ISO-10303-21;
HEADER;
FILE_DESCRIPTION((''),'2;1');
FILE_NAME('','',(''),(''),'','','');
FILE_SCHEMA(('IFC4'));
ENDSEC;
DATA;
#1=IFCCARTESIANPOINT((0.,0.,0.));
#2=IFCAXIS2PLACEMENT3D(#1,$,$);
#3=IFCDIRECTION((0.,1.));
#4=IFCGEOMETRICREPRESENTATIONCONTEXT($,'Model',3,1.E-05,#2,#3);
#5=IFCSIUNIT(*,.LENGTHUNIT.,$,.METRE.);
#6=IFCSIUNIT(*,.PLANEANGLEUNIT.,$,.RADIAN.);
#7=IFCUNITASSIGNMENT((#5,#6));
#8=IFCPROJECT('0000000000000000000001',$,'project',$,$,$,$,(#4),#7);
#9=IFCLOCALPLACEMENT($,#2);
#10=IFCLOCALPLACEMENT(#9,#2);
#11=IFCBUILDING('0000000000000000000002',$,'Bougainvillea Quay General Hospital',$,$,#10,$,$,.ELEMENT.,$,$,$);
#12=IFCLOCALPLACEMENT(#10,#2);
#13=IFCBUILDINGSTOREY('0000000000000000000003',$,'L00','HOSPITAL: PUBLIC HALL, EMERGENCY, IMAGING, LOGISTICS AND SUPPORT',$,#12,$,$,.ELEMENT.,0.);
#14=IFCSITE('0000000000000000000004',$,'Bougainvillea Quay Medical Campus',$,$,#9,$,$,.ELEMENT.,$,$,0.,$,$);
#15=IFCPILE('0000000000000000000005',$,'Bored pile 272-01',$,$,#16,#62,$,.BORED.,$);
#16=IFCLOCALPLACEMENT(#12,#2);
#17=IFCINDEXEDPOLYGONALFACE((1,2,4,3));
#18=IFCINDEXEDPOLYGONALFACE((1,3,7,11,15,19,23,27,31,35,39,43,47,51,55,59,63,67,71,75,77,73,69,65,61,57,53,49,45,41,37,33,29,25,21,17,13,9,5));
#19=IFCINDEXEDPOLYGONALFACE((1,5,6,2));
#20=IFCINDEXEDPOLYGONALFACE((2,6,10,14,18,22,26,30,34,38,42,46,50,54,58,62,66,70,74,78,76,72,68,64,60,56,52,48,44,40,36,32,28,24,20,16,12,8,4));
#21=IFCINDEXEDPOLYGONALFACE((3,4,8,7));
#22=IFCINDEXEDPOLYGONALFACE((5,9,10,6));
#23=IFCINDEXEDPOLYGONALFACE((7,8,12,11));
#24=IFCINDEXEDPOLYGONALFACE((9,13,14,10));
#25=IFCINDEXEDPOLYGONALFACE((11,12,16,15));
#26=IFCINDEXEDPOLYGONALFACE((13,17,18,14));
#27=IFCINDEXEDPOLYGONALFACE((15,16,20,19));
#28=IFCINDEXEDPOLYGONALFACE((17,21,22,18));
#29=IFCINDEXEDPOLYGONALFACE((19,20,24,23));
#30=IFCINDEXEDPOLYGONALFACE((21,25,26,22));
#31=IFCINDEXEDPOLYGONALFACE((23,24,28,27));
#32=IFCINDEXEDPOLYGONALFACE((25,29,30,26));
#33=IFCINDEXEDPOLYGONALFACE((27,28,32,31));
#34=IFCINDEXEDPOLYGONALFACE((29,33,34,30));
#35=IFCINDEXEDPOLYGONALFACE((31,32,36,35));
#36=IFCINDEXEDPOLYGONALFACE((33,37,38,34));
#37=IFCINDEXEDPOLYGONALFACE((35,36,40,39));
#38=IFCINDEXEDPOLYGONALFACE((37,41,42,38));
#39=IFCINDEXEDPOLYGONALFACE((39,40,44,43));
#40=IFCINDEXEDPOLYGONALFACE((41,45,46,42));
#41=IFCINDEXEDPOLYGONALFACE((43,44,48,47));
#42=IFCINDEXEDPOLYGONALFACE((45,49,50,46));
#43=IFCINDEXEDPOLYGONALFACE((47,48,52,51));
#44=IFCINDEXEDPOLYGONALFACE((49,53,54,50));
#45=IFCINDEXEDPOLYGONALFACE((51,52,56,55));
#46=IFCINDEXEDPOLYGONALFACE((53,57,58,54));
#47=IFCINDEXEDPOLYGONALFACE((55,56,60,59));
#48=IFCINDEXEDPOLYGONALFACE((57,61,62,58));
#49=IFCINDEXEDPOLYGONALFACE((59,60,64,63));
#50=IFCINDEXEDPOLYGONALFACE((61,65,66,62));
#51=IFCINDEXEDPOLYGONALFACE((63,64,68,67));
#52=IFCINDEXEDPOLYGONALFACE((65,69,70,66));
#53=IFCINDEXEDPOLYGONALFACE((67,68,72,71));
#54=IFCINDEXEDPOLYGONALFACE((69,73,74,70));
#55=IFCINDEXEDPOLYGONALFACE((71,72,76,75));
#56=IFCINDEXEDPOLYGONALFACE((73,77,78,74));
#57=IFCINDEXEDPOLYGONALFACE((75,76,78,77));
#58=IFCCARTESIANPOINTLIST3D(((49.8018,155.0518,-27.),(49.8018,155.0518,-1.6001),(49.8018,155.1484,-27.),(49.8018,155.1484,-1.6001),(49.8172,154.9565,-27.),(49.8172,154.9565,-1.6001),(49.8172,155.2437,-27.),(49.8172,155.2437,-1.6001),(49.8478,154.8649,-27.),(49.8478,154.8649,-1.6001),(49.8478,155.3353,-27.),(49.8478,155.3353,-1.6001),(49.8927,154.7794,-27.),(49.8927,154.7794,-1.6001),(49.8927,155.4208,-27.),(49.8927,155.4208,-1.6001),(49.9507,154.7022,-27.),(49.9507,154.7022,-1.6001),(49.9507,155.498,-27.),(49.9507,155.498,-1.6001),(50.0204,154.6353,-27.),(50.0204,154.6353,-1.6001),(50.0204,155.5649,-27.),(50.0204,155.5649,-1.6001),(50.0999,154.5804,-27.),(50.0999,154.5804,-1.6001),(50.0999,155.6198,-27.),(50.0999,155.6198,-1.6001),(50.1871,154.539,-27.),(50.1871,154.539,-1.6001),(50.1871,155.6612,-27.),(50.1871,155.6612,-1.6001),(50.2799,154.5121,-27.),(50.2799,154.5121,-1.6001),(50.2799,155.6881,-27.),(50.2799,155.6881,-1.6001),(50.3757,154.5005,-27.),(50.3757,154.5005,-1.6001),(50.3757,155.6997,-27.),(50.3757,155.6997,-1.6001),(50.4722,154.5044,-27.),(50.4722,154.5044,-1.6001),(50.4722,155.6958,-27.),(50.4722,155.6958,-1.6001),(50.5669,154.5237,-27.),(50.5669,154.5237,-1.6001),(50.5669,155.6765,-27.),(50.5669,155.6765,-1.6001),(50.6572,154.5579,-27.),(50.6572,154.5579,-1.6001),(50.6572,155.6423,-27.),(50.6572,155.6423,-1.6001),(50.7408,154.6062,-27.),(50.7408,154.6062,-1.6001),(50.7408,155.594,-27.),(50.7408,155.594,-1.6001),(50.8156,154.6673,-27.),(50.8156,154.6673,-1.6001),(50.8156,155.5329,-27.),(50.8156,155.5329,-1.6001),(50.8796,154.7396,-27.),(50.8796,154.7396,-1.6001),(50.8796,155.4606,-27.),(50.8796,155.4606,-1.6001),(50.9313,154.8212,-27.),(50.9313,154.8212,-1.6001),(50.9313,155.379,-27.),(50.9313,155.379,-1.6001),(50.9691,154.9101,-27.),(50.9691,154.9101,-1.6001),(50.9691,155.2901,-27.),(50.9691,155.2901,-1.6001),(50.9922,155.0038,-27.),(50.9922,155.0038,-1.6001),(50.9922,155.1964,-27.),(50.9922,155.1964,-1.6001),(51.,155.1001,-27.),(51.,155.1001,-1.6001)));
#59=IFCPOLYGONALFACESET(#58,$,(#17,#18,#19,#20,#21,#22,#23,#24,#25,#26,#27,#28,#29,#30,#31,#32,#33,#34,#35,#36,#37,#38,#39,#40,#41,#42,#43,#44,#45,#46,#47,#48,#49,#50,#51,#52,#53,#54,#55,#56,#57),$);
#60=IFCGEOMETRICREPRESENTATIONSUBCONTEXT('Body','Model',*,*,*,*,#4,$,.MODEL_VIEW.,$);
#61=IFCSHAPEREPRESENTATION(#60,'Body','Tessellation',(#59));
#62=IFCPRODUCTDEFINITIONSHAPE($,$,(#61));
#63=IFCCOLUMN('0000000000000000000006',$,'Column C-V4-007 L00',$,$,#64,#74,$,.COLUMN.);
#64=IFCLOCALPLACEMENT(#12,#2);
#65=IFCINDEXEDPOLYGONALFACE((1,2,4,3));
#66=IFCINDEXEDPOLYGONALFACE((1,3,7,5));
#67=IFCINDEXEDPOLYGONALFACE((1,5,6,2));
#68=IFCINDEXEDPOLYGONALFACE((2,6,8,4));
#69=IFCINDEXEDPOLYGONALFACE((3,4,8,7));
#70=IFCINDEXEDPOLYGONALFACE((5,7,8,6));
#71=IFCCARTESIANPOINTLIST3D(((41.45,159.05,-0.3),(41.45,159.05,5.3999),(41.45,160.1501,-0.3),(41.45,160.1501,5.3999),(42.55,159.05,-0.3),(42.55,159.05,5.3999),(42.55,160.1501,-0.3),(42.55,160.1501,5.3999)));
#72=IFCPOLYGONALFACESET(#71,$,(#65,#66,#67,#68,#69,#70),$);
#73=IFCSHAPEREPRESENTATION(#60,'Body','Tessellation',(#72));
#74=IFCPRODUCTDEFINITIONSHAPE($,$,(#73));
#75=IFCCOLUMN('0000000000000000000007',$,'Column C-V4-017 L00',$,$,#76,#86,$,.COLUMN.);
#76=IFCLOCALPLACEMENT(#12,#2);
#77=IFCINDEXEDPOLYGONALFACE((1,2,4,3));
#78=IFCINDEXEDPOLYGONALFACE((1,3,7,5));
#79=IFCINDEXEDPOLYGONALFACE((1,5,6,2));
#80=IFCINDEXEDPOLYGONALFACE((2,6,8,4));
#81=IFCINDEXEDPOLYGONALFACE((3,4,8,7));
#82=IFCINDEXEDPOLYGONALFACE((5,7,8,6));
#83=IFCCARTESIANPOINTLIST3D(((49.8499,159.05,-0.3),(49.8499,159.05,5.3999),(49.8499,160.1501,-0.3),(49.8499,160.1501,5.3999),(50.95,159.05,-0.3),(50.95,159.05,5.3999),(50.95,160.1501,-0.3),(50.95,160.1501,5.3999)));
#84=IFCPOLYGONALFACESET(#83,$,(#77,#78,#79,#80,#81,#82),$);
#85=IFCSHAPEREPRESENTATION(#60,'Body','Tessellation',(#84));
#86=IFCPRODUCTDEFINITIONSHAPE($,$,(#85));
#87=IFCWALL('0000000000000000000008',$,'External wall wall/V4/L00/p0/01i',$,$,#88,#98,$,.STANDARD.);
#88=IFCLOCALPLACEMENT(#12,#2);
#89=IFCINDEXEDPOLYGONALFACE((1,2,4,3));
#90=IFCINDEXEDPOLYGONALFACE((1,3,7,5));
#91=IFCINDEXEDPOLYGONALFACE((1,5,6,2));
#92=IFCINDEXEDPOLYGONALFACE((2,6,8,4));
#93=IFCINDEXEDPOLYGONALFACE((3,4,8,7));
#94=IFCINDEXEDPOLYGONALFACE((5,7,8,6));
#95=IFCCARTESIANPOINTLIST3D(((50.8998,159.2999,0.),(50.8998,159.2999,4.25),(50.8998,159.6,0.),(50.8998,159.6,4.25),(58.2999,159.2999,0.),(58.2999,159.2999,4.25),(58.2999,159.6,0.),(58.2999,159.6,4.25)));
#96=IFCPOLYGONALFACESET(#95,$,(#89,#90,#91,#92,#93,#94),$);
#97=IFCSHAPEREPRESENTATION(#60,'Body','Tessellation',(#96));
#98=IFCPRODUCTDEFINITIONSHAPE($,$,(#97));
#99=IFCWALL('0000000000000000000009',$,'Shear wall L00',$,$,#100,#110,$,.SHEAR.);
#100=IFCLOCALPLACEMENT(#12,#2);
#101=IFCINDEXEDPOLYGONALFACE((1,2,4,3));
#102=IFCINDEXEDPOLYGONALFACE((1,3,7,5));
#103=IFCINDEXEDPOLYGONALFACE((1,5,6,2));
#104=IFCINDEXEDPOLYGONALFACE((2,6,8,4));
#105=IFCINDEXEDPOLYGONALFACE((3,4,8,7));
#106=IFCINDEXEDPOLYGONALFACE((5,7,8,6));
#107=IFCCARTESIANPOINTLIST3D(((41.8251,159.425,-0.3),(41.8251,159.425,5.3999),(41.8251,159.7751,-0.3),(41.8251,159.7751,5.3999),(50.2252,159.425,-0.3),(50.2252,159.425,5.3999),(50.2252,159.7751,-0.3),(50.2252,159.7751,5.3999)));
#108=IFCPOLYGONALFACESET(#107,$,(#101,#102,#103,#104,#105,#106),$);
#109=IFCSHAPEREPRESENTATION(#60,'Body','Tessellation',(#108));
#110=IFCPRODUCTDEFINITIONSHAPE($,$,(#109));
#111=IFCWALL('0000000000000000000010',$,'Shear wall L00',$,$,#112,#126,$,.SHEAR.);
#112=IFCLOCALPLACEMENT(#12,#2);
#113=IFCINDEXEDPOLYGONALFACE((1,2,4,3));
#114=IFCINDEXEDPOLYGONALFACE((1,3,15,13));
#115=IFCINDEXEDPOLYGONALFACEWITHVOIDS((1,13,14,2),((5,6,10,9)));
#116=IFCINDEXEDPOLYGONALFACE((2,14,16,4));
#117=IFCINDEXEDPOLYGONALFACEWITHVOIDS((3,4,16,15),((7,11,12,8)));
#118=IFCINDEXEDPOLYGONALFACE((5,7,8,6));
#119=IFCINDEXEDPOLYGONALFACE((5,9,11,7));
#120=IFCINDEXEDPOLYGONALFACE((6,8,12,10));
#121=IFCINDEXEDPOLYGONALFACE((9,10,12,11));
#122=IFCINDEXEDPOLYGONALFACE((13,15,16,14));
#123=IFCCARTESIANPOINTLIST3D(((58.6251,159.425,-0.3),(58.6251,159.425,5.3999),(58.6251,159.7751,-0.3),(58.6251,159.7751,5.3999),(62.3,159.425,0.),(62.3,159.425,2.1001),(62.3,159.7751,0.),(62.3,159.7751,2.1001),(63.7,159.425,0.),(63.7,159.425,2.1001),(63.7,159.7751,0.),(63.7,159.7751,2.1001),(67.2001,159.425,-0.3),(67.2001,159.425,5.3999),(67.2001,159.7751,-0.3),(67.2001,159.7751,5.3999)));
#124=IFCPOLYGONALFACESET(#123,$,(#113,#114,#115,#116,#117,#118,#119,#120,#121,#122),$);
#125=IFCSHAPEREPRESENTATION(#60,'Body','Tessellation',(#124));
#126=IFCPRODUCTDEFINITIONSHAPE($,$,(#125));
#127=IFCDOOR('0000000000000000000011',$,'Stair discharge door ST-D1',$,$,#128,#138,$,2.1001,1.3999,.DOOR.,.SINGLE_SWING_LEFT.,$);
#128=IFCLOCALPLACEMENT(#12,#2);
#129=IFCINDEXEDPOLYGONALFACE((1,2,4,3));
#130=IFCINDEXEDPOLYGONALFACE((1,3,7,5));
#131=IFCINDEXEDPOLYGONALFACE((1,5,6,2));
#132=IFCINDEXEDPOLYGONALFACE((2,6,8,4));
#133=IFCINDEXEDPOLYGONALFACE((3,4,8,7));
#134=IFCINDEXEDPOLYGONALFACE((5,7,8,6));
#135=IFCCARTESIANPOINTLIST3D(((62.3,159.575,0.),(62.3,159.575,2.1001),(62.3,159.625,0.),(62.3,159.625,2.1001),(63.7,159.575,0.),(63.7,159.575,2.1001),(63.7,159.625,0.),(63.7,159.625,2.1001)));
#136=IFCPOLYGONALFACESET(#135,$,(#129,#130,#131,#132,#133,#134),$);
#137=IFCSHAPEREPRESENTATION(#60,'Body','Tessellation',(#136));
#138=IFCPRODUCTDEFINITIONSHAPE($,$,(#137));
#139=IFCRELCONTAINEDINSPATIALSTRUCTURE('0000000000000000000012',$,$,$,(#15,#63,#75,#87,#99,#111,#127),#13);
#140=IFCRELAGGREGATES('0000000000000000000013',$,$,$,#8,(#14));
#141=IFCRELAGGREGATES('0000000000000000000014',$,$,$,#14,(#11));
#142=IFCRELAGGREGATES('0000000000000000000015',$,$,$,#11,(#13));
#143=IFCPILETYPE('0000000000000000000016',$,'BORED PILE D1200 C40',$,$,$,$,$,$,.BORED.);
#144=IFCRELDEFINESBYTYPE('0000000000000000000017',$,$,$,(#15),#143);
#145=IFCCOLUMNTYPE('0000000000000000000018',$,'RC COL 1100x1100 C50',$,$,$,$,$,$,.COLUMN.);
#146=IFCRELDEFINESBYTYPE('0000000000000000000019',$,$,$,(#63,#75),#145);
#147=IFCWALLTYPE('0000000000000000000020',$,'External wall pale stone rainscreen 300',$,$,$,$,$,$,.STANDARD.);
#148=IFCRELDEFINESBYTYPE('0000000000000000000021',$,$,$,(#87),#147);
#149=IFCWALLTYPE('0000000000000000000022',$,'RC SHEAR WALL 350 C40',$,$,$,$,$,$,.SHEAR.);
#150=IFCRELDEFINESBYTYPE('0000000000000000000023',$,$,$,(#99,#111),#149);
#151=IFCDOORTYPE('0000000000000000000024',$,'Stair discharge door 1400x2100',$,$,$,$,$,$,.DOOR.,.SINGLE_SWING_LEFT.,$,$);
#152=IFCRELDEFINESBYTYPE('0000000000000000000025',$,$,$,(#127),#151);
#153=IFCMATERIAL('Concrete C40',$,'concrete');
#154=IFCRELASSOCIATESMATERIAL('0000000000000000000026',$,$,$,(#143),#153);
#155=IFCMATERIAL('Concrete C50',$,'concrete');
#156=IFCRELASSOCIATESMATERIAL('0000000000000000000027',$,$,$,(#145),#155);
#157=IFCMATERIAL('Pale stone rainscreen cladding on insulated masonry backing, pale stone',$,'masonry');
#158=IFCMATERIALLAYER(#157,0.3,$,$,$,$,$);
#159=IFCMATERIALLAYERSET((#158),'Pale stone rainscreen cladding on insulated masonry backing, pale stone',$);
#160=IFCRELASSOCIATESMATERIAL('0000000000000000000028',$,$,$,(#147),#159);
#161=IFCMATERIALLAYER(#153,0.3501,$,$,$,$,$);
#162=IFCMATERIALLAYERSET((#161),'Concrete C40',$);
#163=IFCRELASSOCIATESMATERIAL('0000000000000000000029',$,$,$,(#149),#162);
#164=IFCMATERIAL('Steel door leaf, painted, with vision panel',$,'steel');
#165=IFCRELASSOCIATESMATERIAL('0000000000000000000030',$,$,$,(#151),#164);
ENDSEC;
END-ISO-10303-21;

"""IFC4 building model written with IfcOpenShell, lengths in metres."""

from ifc_helpers import new_model, si_unit, direction, frame, frame_2d, origin, origin_2d, place, context, subcontext, project, spatial, rectangle, circle, extrude, material, layer, layer_set, material_profile, profile_set, type_object, element, fill, save


model = new_model("IFC4")

# Units and contexts
model_context = context("Model", 3, precision=1e-05, world=origin(), true_north=direction((0.0, 1.0)))
body_context = subcontext(model_context, "Body", "Model", "MODEL_VIEW")
ifc_project = project(units=[si_unit("LENGTHUNIT", "METRE"), si_unit("PLANEANGLEUNIT", "RADIAN")], contexts=[model_context])

# Site, building, storey
site_placement = place(None, origin())
site = spatial("IfcSite", under=ifc_project, at=site_placement, Name="Bougainvillea Quay Medical Campus", CompositionType="ELEMENT", RefElevation=0.0)
building_placement = place(site_placement, origin())
building = spatial("IfcBuilding", under=site, at=building_placement, Name="Bougainvillea Quay General Hospital", CompositionType="ELEMENT")
storey_placement = place(building_placement, origin())
storey = spatial("IfcBuildingStorey", under=building, at=storey_placement, Name="L00", Description="HOSPITAL: PUBLIC HALL, EMERGENCY, IMAGING, LOGISTICS AND SUPPORT", CompositionType="ELEMENT", Elevation=0.0)

# Pile
ifc_material_1 = material(Name="Concrete C40", Category="concrete")
ifc_material_profile_1 = material_profile(ifc_material_1, circle(Radius=0.6001, at=origin_2d()))
ifc_profile_set_1 = profile_set([ifc_material_profile_1], Name="Concrete C40")
pile_type = type_object("IfcPileType", Name="BORED PILE D1200 C40", PredefinedType="BORED", material=ifc_profile_set_1)
pile_placement = place(storey_placement, frame((50.3999, 155.1001, -1.6001), z_axis=(0.0, 0.0, -1.0), x_axis=(1.0, 0.0, 0.0)))
element("IfcPile", 1, at=pile_placement, inside=storey, type_object=pile_type, Name="Bored pile 272-01", PredefinedType="BORED", context=body_context, shape_type="SweptSolid", body=[
    extrude(circle(Radius=0.6001, at=origin_2d()), origin(), (0.0, 0.0, 1.0), 25.3999),
])

# Columns
ifc_material_2 = material(Name="Concrete C50", Category="concrete")
ifc_material_profile_2 = material_profile(ifc_material_2, rectangle(XDim=1.1001, YDim=1.1001, at=origin_2d()))
ifc_profile_set_2 = profile_set([ifc_material_profile_2], Name="Concrete C50")
column_type = type_object("IfcColumnType", Name="RC COL 1100x1100 C50", PredefinedType="COLUMN", material=ifc_profile_set_2)
for number, where, z_axis, x_axis, name in (
    (2, (42.0, 159.6001, -0.3), (0.0, 0.0, 1.0), (1.0, 0.0, 0.0), "Column C-V4-007 L00"),
    (3, (50.3999, 159.6001, -0.3), (0.0, 0.0, 1.0), (1.0, 0.0, 0.0), "Column C-V4-017 L00"),
):
    element("IfcColumn", number, at=place(storey_placement, frame(where, z_axis=z_axis, x_axis=x_axis)), inside=storey, type_object=column_type, Name=name, PredefinedType="COLUMN", context=body_context, shape_type="SweptSolid", body=[
        extrude(rectangle(XDim=1.1001, YDim=1.1001, at=origin_2d()), origin(), (0.0, 0.0, 1.0), 5.7),
    ])

# Walls
ifc_material_3 = material(Name="Pale stone rainscreen cladding on insulated masonry backing, pale stone", Category="masonry")
ifc_layer_1 = layer(ifc_material_3, 0.3)
ifc_layer_set_1 = layer_set([ifc_layer_1], Name="Pale stone rainscreen cladding on insulated masonry backing, pale stone")
wall_type_1 = type_object("IfcWallType", Name="External wall pale stone rainscreen 300", PredefinedType="STANDARD", material=ifc_layer_set_1)
wall_1_placement = place(storey_placement, frame((58.3, 159.45, 0.0), z_axis=(0.0, 0.0, 1.0), x_axis=(-1.0, 0.0, 0.0)))
element("IfcWall", 4, at=wall_1_placement, inside=storey, type_object=wall_type_1, Name="External wall wall/V4/L00/p0/01i", PredefinedType="STANDARD", context=body_context, shape_type="SweptSolid", body=[
    extrude(rectangle(XDim=7.4001, YDim=0.3, at=frame_2d((3.7002, 0.0))), origin(), (0.0, 0.0, 1.0), 4.25),
])
ifc_layer_2 = layer(ifc_material_1, 0.3501)
ifc_layer_set_2 = layer_set([ifc_layer_2], Name="Concrete C40")
wall_type_2 = type_object("IfcWallType", Name="RC SHEAR WALL 350 C40", PredefinedType="SHEAR", material=ifc_layer_set_2)
wall_2_placement = place(storey_placement, frame((41.825, 159.6001, -0.3), z_axis=(0.0, 0.0, 1.0), x_axis=(1.0, 0.0, 0.0)))
element("IfcWall", 5, at=wall_2_placement, inside=storey, type_object=wall_type_2, Name="Shear wall L00", PredefinedType="SHEAR", context=body_context, shape_type="SweptSolid", body=[
    extrude(rectangle(XDim=8.4001, YDim=0.3501, at=frame_2d((4.2002, 0.0))), origin(), (0.0, 0.0, 1.0), 5.7),
])

# Wall, opening, door
wall_3_placement = place(storey_placement, frame((58.625, 159.6001, -0.3), z_axis=(0.0, 0.0, 1.0), x_axis=(1.0, 0.0, 0.0)))
wall_3 = element("IfcWall", 6, at=wall_3_placement, inside=storey, type_object=wall_type_2, Name="Shear wall L00", PredefinedType="SHEAR", context=body_context, shape_type="SweptSolid", body=[
    extrude(rectangle(XDim=8.575, YDim=0.3501, at=frame_2d((4.2876, 0.0))), origin(), (0.0, 0.0, 1.0), 5.7),
])
opening_placement = place(wall_3_placement, frame((3.675, 0.0, 0.3)))
opening = element("IfcOpeningElement", 7, at=opening_placement, cuts=wall_3, PredefinedType="OPENING", context=body_context, shape_type="SweptSolid", body=[
    extrude(rectangle(XDim=1.3999, YDim=2.1001, at=frame_2d((0.7, 1.05))), frame((0.0, 0.1851, 0.0), z_axis=(0.0, -1.0, 0.0), x_axis=(1.0, 0.0, 0.0)), (0.0, 0.0, 1.0), 0.3701),
])
ifc_material_4 = material(Name="Steel door leaf, painted, with vision panel", Category="steel")
door_type = type_object("IfcDoorType", Name="Stair discharge door 1400x2100", OperationType="SINGLE_SWING_LEFT", PredefinedType="DOOR", material=ifc_material_4)
door_placement = place(opening_placement, origin())
door = element("IfcDoor", 8, at=door_placement, inside=storey, type_object=door_type, Name="Stair discharge door ST-D1", OperationType="SINGLE_SWING_LEFT", OverallHeight=2.1001, OverallWidth=1.3999, PredefinedType="DOOR", context=body_context, shape_type="SweptSolid", body=[
    extrude(rectangle(XDim=1.3999, YDim=2.1001, at=frame_2d((0.7, 1.05))), frame((0.0, 0.0249, 0.0), z_axis=(0.0, -1.0, 0.0), x_axis=(1.0, 0.0, 0.0)), (0.0, 0.0, 1.0), 0.05),
])
fill(opening, door)

save(model, "model.ifc")
